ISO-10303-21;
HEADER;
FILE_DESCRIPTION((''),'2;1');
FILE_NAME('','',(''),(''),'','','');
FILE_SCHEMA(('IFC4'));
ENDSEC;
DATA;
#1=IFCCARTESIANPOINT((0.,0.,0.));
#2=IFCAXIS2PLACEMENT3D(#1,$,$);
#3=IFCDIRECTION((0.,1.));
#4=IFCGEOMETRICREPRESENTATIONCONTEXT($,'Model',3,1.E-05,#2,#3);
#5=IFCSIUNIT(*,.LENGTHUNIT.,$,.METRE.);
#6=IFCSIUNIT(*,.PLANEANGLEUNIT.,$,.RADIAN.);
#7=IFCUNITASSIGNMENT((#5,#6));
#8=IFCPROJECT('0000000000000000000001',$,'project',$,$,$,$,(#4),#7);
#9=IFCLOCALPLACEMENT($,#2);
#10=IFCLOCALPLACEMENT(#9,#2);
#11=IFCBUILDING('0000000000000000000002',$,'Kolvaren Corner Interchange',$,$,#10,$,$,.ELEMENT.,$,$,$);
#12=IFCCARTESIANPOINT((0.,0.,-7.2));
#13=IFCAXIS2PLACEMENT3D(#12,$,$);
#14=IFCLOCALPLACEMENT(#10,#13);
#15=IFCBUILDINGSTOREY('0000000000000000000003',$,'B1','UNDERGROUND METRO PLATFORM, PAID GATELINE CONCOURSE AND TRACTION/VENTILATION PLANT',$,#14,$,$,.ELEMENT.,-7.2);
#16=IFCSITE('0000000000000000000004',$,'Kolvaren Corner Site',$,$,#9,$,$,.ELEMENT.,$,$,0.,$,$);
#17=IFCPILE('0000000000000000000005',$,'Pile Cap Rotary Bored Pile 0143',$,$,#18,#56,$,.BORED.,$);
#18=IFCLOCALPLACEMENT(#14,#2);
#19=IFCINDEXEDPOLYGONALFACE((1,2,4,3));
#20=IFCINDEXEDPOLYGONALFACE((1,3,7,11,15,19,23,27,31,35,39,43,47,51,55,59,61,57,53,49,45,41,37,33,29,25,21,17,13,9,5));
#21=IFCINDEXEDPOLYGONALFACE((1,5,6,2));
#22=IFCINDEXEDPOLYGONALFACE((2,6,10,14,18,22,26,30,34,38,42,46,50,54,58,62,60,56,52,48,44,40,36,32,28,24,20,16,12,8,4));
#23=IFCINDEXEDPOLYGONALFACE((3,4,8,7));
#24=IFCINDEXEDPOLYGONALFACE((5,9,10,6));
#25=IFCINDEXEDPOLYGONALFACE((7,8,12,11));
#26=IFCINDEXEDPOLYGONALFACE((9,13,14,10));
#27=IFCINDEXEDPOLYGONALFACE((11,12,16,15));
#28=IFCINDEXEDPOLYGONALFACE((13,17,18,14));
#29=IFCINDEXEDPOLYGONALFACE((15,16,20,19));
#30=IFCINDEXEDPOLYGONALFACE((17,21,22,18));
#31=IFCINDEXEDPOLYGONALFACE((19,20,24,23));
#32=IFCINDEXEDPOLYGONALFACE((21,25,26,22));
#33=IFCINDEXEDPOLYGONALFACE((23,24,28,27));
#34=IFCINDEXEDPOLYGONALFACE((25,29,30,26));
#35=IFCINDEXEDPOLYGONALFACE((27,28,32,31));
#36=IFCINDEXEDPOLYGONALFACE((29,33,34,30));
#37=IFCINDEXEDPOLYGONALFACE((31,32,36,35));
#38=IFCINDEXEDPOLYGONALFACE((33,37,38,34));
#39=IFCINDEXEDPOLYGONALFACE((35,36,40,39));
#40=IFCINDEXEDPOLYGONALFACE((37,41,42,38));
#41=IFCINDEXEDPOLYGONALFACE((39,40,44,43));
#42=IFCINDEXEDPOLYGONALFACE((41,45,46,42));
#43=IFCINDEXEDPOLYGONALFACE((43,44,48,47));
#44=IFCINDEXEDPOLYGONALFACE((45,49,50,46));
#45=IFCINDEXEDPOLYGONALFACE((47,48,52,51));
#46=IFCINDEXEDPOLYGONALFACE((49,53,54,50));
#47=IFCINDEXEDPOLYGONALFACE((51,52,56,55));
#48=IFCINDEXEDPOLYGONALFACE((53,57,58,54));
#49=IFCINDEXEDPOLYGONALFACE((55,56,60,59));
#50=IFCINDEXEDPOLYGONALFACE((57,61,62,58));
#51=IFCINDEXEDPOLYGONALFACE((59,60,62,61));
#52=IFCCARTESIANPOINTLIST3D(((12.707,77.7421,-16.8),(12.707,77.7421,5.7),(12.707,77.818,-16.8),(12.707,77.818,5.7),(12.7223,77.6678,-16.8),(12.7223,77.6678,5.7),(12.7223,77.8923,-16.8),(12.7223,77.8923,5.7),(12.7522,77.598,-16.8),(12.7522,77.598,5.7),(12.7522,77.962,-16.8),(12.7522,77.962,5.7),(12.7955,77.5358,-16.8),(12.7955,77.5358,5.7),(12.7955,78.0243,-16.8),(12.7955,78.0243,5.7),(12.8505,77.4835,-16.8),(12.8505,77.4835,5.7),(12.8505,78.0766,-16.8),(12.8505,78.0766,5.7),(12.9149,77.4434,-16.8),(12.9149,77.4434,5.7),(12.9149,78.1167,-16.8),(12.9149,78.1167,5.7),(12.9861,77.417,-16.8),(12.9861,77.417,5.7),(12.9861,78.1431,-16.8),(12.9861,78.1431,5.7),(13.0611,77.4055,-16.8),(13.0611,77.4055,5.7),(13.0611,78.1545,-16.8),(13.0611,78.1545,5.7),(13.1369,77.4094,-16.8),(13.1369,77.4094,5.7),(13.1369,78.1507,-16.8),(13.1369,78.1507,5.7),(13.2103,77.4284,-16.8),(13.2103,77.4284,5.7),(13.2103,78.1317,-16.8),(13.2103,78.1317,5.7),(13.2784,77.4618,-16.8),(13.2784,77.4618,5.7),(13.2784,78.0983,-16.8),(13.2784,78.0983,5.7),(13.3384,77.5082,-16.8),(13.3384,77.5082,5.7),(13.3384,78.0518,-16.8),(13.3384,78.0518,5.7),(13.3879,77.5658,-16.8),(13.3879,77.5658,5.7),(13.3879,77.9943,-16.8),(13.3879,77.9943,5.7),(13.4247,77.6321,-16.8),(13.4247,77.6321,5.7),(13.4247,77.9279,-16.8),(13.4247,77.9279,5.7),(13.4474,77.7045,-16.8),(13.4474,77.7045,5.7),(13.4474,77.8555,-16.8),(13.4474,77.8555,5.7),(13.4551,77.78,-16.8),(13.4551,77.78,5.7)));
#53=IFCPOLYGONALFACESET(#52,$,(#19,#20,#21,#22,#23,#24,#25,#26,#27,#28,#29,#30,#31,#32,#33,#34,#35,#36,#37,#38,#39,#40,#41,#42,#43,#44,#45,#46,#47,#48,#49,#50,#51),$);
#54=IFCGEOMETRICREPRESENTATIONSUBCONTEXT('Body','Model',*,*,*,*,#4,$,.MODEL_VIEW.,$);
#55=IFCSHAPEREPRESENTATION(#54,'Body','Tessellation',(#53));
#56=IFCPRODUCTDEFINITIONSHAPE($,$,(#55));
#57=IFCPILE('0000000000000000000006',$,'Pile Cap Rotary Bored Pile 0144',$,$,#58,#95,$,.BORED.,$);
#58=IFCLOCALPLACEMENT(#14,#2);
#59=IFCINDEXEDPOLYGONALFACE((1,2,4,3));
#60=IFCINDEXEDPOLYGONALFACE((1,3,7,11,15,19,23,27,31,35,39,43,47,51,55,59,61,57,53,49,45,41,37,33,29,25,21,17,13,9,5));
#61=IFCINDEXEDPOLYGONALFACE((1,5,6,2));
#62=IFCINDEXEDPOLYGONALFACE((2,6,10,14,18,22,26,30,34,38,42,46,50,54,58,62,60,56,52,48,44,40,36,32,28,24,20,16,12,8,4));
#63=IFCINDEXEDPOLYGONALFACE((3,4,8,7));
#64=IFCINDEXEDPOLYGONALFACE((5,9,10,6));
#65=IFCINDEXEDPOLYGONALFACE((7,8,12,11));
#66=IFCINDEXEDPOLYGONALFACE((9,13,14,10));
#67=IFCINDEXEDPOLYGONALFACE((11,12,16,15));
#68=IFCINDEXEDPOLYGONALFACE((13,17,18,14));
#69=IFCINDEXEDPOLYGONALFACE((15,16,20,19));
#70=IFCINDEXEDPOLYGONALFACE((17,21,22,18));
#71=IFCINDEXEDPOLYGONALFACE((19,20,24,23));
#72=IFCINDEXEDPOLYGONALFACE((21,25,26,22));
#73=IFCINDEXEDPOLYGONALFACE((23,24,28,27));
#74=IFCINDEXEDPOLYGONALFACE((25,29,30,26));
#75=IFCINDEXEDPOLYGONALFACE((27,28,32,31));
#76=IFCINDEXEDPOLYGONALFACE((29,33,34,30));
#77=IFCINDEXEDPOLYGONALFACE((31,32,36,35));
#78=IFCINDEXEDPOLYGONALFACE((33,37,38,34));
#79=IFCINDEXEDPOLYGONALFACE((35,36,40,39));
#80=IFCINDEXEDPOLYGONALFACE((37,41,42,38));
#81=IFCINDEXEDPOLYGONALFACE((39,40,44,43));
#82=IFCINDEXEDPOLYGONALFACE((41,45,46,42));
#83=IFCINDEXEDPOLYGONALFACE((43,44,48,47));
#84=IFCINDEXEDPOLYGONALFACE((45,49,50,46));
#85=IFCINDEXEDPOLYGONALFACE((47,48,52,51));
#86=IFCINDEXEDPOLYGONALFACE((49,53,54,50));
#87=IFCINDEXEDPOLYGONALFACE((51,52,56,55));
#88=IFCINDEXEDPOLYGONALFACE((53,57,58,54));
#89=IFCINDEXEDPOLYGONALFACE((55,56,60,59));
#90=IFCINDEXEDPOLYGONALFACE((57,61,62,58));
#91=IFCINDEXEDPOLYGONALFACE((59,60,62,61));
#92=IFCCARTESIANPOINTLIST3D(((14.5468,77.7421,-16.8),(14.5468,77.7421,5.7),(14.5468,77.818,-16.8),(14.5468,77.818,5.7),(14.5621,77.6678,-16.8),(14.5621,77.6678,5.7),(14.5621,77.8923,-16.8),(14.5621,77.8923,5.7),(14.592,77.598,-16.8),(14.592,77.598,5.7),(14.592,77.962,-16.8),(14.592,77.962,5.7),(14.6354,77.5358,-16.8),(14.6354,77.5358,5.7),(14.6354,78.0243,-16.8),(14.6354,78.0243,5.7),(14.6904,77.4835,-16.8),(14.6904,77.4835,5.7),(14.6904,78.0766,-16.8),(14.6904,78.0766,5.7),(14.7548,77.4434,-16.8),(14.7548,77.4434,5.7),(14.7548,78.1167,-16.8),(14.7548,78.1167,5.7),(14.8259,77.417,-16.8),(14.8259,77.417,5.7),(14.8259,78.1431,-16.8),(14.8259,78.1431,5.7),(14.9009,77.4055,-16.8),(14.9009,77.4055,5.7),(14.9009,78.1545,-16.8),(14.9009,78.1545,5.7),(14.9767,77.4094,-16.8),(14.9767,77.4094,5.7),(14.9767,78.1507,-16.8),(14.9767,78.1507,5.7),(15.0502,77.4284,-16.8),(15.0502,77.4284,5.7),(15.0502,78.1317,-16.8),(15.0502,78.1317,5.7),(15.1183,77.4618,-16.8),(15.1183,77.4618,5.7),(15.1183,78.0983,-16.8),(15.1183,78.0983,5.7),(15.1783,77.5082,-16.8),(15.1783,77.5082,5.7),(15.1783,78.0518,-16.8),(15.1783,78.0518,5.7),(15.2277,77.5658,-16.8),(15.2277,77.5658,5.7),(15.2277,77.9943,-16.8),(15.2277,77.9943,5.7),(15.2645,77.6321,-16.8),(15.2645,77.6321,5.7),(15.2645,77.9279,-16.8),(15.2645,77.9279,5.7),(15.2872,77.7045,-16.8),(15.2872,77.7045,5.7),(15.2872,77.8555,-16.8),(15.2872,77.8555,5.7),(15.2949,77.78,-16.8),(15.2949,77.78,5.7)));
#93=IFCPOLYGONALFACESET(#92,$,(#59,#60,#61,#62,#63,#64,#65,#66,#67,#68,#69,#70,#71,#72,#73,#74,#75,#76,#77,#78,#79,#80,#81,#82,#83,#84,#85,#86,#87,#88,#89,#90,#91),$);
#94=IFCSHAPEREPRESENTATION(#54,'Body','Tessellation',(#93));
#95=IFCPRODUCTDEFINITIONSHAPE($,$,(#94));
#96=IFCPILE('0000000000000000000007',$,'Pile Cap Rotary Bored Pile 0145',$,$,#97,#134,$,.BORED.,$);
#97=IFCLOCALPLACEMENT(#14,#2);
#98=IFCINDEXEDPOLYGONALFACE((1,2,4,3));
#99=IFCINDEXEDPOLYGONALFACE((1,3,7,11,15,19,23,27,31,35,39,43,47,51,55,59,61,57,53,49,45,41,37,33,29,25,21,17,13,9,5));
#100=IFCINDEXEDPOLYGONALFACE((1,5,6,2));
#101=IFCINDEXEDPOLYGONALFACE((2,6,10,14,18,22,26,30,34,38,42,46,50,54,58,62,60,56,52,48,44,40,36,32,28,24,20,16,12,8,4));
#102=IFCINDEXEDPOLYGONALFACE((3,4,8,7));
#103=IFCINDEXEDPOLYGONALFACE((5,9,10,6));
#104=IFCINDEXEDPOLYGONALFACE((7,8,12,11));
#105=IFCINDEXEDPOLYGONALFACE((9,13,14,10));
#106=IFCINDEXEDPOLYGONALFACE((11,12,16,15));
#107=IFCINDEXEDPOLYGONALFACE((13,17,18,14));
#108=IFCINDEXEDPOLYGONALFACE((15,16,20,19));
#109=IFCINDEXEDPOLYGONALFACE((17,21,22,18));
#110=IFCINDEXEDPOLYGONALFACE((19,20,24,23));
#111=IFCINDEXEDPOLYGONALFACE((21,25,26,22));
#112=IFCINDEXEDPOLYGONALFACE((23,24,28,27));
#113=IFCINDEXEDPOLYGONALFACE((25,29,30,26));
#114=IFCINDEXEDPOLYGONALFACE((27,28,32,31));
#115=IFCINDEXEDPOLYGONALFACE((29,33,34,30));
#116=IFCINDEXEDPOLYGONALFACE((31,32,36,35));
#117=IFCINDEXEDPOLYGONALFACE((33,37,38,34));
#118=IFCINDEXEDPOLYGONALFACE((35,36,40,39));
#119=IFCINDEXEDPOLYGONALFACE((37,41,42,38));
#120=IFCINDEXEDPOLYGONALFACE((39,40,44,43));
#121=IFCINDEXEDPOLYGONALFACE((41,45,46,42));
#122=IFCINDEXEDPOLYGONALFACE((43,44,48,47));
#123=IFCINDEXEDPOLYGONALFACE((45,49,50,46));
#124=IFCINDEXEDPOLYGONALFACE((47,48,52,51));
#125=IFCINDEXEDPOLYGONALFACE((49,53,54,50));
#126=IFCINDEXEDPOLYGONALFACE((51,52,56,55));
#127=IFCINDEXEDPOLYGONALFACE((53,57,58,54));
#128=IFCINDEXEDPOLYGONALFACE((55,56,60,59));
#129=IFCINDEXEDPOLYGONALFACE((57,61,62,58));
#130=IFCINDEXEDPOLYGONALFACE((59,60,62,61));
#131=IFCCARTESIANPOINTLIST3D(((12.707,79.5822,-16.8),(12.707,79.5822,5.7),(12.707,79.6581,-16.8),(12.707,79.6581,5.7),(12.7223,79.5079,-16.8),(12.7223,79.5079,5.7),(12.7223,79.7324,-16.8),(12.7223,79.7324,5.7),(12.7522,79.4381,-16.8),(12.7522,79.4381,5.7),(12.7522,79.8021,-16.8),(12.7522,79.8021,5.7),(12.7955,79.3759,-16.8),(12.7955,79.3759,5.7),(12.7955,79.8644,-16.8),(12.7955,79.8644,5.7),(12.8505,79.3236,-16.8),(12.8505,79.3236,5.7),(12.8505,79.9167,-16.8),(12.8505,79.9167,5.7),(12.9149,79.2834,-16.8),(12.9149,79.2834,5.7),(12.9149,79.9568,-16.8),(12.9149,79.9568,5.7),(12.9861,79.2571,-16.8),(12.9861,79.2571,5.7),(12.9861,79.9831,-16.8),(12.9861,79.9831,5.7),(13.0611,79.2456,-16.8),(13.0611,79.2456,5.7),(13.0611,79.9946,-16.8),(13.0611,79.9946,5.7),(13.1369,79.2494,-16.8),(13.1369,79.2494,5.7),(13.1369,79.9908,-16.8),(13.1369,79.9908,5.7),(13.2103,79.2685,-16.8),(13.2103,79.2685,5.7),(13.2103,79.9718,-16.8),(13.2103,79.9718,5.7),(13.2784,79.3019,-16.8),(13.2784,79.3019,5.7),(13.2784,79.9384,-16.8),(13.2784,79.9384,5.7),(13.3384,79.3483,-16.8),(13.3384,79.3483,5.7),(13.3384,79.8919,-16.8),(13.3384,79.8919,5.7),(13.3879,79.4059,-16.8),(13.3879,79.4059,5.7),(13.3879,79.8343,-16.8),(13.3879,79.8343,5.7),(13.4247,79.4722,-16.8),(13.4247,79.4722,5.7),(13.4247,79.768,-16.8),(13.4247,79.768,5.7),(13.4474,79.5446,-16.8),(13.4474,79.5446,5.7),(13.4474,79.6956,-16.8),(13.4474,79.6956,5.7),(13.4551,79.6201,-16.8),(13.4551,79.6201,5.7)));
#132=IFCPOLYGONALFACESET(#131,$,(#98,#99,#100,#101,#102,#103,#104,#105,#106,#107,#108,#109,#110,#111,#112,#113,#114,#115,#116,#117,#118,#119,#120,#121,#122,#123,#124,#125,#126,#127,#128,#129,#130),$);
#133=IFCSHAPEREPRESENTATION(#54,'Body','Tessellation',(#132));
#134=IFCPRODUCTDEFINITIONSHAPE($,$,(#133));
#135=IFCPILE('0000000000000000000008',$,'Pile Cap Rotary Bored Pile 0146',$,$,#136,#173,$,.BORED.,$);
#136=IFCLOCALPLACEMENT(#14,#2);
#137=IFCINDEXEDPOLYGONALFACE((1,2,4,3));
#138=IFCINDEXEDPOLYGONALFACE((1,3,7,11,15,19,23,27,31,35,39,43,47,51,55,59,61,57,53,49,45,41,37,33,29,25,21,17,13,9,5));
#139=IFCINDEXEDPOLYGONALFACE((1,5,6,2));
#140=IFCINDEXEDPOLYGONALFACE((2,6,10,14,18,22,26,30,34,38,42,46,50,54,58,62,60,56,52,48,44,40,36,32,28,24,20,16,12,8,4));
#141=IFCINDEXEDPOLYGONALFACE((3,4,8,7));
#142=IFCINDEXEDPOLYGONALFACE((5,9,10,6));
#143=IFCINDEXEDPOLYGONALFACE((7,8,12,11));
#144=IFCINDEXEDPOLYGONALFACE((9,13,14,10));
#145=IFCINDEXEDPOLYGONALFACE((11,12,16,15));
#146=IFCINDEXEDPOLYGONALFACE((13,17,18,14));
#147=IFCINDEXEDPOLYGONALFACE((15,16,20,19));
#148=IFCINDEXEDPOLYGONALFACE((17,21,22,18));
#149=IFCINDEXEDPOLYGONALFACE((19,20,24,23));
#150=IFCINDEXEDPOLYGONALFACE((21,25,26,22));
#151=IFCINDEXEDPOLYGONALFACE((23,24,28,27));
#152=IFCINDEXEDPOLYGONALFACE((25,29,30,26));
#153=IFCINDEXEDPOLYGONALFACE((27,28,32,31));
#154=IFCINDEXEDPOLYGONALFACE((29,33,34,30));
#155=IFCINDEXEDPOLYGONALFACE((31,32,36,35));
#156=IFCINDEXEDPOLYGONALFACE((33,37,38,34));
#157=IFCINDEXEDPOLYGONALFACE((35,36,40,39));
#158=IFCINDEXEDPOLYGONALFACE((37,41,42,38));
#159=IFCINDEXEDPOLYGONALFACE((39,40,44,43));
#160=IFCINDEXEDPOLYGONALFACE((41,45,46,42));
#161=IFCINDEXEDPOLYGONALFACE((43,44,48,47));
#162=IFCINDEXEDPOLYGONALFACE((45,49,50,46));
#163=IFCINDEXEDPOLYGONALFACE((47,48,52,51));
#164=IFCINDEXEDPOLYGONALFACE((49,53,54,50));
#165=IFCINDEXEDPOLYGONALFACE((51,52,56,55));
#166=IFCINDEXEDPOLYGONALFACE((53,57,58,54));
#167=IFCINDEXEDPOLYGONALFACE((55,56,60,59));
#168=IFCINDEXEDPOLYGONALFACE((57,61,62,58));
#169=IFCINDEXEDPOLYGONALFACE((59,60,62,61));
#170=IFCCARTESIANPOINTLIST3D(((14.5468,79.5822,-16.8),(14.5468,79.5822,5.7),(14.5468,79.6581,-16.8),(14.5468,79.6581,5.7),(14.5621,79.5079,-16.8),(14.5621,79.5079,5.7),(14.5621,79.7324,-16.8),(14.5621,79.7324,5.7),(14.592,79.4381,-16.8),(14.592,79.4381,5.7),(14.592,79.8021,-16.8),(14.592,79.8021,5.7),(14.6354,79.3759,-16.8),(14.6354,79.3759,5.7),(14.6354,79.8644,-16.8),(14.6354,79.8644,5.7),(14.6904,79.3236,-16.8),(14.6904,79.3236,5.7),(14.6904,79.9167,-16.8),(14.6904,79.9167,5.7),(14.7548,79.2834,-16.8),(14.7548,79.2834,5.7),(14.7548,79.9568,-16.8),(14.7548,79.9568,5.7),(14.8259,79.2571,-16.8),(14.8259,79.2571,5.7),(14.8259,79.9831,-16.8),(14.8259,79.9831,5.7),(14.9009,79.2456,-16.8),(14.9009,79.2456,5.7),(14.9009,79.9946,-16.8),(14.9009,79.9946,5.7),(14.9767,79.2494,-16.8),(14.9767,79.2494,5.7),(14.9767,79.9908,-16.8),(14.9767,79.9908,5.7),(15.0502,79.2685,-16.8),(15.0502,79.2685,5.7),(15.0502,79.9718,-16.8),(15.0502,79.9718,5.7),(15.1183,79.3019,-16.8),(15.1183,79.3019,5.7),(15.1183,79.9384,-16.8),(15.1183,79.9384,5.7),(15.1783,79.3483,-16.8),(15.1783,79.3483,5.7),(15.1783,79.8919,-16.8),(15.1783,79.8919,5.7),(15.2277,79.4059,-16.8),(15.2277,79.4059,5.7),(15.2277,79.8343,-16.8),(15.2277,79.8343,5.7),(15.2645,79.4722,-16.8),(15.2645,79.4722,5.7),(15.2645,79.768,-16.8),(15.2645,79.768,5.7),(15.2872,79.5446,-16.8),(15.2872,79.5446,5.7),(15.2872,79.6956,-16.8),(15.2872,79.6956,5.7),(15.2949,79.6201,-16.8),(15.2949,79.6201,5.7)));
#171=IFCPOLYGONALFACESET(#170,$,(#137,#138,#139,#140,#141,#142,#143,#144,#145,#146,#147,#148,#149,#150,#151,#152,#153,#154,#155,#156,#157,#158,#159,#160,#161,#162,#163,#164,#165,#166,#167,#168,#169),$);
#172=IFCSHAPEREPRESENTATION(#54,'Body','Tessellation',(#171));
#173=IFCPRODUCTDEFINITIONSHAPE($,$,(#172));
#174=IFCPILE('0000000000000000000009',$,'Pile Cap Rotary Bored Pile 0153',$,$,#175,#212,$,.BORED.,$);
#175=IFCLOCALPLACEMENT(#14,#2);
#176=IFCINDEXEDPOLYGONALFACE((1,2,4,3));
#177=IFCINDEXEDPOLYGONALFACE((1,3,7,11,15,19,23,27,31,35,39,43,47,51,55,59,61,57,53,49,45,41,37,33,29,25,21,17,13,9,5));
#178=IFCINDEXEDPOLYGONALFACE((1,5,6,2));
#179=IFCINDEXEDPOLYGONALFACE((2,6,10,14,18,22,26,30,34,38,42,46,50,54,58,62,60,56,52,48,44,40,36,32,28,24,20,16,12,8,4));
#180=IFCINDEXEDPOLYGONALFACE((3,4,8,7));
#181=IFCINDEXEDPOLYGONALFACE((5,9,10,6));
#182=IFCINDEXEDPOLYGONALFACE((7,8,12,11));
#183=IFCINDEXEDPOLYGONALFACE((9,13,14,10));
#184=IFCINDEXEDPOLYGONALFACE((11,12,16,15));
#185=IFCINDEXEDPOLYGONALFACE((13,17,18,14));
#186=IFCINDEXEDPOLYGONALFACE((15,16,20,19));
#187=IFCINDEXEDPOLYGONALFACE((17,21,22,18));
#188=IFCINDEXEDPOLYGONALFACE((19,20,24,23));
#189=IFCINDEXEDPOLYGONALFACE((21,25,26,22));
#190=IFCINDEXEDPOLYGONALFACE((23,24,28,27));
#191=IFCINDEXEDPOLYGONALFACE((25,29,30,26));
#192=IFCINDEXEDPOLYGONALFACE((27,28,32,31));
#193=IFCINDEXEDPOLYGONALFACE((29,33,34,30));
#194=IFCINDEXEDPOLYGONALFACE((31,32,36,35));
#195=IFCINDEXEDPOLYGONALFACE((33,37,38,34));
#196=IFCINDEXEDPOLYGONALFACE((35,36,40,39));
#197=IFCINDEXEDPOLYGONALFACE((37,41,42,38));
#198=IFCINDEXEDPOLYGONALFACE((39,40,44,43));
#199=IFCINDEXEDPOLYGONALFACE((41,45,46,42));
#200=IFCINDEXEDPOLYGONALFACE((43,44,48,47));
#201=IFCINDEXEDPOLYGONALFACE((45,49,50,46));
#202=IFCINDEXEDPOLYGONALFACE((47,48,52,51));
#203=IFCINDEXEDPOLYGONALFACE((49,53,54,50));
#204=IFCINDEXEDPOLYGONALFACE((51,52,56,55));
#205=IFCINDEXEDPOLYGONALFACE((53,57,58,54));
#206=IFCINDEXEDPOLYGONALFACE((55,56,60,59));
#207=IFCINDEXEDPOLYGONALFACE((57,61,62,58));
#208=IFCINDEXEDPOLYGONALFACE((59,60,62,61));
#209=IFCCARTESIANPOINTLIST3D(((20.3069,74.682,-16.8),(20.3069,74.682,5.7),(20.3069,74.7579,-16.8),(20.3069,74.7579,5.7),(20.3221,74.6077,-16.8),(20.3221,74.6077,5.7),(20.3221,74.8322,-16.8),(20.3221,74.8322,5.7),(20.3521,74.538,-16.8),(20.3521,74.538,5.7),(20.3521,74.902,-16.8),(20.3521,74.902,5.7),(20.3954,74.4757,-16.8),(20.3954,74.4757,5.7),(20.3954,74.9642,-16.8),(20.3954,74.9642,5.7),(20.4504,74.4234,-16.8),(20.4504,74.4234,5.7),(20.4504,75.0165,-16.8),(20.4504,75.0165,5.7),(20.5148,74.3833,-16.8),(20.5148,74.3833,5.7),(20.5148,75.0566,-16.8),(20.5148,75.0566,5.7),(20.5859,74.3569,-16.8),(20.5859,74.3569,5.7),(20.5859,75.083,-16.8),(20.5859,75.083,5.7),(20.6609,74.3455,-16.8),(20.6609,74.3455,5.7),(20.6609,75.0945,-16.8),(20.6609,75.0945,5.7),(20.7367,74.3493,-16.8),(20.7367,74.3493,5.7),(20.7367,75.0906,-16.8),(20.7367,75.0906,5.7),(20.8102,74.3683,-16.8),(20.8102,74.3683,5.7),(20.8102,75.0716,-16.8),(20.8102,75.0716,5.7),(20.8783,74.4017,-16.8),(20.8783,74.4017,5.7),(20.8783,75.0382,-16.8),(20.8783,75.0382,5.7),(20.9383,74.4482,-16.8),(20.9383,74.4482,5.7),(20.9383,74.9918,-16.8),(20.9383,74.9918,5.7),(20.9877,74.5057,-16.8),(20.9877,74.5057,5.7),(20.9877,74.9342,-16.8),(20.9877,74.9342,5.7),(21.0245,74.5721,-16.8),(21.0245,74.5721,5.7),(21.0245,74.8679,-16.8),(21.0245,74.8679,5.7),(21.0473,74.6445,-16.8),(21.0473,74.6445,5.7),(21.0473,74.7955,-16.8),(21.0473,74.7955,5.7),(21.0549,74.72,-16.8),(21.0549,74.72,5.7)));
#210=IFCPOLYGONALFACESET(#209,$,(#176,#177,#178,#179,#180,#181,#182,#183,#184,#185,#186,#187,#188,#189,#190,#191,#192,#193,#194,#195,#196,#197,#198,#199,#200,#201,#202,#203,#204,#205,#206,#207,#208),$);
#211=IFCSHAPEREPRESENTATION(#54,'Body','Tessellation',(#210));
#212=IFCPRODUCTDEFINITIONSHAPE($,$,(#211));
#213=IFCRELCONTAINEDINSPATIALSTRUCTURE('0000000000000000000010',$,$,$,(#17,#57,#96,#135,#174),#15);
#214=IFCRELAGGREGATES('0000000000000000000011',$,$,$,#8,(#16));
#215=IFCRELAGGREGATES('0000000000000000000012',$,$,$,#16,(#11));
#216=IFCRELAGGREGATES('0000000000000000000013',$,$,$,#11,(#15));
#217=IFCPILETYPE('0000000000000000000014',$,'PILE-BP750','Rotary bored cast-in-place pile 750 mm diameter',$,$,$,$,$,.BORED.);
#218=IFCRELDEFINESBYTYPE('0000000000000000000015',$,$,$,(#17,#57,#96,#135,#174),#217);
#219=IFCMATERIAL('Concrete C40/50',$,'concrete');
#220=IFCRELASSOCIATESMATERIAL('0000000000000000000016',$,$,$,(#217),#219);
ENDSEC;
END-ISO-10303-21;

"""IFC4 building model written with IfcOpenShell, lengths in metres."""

from ifc_helpers import new_model, si_unit, direction, frame, origin, origin_2d, place, context, subcontext, project, spatial, circle, extrude, material, material_profile, profile_set, type_object, element, save


model = new_model("IFC4")

# Units and contexts
model_context = context("Model", 3, precision=1e-05, world=origin(), true_north=direction((0.0, 1.0)))
body_context = subcontext(model_context, "Body", "Model", "MODEL_VIEW")
ifc_project = project(units=[si_unit("LENGTHUNIT", "METRE"), si_unit("PLANEANGLEUNIT", "RADIAN")], contexts=[model_context])

# Site, building, storey
site_placement = place(None, origin())
site = spatial("IfcSite", under=ifc_project, at=site_placement, Name="Kolvaren Corner Site", CompositionType="ELEMENT", RefElevation=0.0)
building_placement = place(site_placement, origin())
building = spatial("IfcBuilding", under=site, at=building_placement, Name="Kolvaren Corner Interchange", CompositionType="ELEMENT")
storey_placement = place(building_placement, frame((0.0, 0.0, -7.2)))
storey = spatial("IfcBuildingStorey", under=building, at=storey_placement, Name="B1", Description="UNDERGROUND METRO PLATFORM, PAID GATELINE CONCOURSE AND TRACTION/VENTILATION PLANT", CompositionType="ELEMENT", Elevation=-7.2)

# Piles
ifc_material_1 = material(Name="Concrete C40/50", Category="concrete")
ifc_material_profile = material_profile(ifc_material_1, circle(Radius=0.375, at=origin_2d()), Name="BORED PILE 750")
ifc_profile_set = profile_set([ifc_material_profile], Name="Concrete C40/50")
pile_type = type_object("IfcPileType", Name="PILE-BP750", Description="Rotary bored cast-in-place pile 750 mm diameter", PredefinedType="BORED", material=ifc_profile_set)
for number, where, z_axis, x_axis, name in (
    (1, (13.0801, 77.78, 5.7), (0.0, 0.0, -1.0), (1.0, 0.0, 0.0), "Pile Cap Rotary Bored Pile 0143"),
    (2, (14.9199, 77.78, 5.7), (0.0, 0.0, -1.0), (1.0, 0.0, 0.0), "Pile Cap Rotary Bored Pile 0144"),
    (3, (13.0801, 79.6201, 5.7), (0.0, 0.0, -1.0), (1.0, 0.0, 0.0), "Pile Cap Rotary Bored Pile 0145"),
    (4, (14.9199, 79.6201, 5.7), (0.0, 0.0, -1.0), (1.0, 0.0, 0.0), "Pile Cap Rotary Bored Pile 0146"),
    (5, (20.6799, 74.72, 5.7), (0.0, 0.0, -1.0), (1.0, 0.0, 0.0), "Pile Cap Rotary Bored Pile 0153"),
):
    element("IfcPile", number, at=place(storey_placement, frame(where, z_axis=z_axis, x_axis=x_axis)), inside=storey, type_object=pile_type, Name=name, PredefinedType="BORED", context=body_context, shape_type="SweptSolid", body=[
        extrude(circle(Radius=0.375, at=origin_2d()), origin(), (0.0, 0.0, 1.0), 22.5),
    ])

save(model, "model.ifc")
